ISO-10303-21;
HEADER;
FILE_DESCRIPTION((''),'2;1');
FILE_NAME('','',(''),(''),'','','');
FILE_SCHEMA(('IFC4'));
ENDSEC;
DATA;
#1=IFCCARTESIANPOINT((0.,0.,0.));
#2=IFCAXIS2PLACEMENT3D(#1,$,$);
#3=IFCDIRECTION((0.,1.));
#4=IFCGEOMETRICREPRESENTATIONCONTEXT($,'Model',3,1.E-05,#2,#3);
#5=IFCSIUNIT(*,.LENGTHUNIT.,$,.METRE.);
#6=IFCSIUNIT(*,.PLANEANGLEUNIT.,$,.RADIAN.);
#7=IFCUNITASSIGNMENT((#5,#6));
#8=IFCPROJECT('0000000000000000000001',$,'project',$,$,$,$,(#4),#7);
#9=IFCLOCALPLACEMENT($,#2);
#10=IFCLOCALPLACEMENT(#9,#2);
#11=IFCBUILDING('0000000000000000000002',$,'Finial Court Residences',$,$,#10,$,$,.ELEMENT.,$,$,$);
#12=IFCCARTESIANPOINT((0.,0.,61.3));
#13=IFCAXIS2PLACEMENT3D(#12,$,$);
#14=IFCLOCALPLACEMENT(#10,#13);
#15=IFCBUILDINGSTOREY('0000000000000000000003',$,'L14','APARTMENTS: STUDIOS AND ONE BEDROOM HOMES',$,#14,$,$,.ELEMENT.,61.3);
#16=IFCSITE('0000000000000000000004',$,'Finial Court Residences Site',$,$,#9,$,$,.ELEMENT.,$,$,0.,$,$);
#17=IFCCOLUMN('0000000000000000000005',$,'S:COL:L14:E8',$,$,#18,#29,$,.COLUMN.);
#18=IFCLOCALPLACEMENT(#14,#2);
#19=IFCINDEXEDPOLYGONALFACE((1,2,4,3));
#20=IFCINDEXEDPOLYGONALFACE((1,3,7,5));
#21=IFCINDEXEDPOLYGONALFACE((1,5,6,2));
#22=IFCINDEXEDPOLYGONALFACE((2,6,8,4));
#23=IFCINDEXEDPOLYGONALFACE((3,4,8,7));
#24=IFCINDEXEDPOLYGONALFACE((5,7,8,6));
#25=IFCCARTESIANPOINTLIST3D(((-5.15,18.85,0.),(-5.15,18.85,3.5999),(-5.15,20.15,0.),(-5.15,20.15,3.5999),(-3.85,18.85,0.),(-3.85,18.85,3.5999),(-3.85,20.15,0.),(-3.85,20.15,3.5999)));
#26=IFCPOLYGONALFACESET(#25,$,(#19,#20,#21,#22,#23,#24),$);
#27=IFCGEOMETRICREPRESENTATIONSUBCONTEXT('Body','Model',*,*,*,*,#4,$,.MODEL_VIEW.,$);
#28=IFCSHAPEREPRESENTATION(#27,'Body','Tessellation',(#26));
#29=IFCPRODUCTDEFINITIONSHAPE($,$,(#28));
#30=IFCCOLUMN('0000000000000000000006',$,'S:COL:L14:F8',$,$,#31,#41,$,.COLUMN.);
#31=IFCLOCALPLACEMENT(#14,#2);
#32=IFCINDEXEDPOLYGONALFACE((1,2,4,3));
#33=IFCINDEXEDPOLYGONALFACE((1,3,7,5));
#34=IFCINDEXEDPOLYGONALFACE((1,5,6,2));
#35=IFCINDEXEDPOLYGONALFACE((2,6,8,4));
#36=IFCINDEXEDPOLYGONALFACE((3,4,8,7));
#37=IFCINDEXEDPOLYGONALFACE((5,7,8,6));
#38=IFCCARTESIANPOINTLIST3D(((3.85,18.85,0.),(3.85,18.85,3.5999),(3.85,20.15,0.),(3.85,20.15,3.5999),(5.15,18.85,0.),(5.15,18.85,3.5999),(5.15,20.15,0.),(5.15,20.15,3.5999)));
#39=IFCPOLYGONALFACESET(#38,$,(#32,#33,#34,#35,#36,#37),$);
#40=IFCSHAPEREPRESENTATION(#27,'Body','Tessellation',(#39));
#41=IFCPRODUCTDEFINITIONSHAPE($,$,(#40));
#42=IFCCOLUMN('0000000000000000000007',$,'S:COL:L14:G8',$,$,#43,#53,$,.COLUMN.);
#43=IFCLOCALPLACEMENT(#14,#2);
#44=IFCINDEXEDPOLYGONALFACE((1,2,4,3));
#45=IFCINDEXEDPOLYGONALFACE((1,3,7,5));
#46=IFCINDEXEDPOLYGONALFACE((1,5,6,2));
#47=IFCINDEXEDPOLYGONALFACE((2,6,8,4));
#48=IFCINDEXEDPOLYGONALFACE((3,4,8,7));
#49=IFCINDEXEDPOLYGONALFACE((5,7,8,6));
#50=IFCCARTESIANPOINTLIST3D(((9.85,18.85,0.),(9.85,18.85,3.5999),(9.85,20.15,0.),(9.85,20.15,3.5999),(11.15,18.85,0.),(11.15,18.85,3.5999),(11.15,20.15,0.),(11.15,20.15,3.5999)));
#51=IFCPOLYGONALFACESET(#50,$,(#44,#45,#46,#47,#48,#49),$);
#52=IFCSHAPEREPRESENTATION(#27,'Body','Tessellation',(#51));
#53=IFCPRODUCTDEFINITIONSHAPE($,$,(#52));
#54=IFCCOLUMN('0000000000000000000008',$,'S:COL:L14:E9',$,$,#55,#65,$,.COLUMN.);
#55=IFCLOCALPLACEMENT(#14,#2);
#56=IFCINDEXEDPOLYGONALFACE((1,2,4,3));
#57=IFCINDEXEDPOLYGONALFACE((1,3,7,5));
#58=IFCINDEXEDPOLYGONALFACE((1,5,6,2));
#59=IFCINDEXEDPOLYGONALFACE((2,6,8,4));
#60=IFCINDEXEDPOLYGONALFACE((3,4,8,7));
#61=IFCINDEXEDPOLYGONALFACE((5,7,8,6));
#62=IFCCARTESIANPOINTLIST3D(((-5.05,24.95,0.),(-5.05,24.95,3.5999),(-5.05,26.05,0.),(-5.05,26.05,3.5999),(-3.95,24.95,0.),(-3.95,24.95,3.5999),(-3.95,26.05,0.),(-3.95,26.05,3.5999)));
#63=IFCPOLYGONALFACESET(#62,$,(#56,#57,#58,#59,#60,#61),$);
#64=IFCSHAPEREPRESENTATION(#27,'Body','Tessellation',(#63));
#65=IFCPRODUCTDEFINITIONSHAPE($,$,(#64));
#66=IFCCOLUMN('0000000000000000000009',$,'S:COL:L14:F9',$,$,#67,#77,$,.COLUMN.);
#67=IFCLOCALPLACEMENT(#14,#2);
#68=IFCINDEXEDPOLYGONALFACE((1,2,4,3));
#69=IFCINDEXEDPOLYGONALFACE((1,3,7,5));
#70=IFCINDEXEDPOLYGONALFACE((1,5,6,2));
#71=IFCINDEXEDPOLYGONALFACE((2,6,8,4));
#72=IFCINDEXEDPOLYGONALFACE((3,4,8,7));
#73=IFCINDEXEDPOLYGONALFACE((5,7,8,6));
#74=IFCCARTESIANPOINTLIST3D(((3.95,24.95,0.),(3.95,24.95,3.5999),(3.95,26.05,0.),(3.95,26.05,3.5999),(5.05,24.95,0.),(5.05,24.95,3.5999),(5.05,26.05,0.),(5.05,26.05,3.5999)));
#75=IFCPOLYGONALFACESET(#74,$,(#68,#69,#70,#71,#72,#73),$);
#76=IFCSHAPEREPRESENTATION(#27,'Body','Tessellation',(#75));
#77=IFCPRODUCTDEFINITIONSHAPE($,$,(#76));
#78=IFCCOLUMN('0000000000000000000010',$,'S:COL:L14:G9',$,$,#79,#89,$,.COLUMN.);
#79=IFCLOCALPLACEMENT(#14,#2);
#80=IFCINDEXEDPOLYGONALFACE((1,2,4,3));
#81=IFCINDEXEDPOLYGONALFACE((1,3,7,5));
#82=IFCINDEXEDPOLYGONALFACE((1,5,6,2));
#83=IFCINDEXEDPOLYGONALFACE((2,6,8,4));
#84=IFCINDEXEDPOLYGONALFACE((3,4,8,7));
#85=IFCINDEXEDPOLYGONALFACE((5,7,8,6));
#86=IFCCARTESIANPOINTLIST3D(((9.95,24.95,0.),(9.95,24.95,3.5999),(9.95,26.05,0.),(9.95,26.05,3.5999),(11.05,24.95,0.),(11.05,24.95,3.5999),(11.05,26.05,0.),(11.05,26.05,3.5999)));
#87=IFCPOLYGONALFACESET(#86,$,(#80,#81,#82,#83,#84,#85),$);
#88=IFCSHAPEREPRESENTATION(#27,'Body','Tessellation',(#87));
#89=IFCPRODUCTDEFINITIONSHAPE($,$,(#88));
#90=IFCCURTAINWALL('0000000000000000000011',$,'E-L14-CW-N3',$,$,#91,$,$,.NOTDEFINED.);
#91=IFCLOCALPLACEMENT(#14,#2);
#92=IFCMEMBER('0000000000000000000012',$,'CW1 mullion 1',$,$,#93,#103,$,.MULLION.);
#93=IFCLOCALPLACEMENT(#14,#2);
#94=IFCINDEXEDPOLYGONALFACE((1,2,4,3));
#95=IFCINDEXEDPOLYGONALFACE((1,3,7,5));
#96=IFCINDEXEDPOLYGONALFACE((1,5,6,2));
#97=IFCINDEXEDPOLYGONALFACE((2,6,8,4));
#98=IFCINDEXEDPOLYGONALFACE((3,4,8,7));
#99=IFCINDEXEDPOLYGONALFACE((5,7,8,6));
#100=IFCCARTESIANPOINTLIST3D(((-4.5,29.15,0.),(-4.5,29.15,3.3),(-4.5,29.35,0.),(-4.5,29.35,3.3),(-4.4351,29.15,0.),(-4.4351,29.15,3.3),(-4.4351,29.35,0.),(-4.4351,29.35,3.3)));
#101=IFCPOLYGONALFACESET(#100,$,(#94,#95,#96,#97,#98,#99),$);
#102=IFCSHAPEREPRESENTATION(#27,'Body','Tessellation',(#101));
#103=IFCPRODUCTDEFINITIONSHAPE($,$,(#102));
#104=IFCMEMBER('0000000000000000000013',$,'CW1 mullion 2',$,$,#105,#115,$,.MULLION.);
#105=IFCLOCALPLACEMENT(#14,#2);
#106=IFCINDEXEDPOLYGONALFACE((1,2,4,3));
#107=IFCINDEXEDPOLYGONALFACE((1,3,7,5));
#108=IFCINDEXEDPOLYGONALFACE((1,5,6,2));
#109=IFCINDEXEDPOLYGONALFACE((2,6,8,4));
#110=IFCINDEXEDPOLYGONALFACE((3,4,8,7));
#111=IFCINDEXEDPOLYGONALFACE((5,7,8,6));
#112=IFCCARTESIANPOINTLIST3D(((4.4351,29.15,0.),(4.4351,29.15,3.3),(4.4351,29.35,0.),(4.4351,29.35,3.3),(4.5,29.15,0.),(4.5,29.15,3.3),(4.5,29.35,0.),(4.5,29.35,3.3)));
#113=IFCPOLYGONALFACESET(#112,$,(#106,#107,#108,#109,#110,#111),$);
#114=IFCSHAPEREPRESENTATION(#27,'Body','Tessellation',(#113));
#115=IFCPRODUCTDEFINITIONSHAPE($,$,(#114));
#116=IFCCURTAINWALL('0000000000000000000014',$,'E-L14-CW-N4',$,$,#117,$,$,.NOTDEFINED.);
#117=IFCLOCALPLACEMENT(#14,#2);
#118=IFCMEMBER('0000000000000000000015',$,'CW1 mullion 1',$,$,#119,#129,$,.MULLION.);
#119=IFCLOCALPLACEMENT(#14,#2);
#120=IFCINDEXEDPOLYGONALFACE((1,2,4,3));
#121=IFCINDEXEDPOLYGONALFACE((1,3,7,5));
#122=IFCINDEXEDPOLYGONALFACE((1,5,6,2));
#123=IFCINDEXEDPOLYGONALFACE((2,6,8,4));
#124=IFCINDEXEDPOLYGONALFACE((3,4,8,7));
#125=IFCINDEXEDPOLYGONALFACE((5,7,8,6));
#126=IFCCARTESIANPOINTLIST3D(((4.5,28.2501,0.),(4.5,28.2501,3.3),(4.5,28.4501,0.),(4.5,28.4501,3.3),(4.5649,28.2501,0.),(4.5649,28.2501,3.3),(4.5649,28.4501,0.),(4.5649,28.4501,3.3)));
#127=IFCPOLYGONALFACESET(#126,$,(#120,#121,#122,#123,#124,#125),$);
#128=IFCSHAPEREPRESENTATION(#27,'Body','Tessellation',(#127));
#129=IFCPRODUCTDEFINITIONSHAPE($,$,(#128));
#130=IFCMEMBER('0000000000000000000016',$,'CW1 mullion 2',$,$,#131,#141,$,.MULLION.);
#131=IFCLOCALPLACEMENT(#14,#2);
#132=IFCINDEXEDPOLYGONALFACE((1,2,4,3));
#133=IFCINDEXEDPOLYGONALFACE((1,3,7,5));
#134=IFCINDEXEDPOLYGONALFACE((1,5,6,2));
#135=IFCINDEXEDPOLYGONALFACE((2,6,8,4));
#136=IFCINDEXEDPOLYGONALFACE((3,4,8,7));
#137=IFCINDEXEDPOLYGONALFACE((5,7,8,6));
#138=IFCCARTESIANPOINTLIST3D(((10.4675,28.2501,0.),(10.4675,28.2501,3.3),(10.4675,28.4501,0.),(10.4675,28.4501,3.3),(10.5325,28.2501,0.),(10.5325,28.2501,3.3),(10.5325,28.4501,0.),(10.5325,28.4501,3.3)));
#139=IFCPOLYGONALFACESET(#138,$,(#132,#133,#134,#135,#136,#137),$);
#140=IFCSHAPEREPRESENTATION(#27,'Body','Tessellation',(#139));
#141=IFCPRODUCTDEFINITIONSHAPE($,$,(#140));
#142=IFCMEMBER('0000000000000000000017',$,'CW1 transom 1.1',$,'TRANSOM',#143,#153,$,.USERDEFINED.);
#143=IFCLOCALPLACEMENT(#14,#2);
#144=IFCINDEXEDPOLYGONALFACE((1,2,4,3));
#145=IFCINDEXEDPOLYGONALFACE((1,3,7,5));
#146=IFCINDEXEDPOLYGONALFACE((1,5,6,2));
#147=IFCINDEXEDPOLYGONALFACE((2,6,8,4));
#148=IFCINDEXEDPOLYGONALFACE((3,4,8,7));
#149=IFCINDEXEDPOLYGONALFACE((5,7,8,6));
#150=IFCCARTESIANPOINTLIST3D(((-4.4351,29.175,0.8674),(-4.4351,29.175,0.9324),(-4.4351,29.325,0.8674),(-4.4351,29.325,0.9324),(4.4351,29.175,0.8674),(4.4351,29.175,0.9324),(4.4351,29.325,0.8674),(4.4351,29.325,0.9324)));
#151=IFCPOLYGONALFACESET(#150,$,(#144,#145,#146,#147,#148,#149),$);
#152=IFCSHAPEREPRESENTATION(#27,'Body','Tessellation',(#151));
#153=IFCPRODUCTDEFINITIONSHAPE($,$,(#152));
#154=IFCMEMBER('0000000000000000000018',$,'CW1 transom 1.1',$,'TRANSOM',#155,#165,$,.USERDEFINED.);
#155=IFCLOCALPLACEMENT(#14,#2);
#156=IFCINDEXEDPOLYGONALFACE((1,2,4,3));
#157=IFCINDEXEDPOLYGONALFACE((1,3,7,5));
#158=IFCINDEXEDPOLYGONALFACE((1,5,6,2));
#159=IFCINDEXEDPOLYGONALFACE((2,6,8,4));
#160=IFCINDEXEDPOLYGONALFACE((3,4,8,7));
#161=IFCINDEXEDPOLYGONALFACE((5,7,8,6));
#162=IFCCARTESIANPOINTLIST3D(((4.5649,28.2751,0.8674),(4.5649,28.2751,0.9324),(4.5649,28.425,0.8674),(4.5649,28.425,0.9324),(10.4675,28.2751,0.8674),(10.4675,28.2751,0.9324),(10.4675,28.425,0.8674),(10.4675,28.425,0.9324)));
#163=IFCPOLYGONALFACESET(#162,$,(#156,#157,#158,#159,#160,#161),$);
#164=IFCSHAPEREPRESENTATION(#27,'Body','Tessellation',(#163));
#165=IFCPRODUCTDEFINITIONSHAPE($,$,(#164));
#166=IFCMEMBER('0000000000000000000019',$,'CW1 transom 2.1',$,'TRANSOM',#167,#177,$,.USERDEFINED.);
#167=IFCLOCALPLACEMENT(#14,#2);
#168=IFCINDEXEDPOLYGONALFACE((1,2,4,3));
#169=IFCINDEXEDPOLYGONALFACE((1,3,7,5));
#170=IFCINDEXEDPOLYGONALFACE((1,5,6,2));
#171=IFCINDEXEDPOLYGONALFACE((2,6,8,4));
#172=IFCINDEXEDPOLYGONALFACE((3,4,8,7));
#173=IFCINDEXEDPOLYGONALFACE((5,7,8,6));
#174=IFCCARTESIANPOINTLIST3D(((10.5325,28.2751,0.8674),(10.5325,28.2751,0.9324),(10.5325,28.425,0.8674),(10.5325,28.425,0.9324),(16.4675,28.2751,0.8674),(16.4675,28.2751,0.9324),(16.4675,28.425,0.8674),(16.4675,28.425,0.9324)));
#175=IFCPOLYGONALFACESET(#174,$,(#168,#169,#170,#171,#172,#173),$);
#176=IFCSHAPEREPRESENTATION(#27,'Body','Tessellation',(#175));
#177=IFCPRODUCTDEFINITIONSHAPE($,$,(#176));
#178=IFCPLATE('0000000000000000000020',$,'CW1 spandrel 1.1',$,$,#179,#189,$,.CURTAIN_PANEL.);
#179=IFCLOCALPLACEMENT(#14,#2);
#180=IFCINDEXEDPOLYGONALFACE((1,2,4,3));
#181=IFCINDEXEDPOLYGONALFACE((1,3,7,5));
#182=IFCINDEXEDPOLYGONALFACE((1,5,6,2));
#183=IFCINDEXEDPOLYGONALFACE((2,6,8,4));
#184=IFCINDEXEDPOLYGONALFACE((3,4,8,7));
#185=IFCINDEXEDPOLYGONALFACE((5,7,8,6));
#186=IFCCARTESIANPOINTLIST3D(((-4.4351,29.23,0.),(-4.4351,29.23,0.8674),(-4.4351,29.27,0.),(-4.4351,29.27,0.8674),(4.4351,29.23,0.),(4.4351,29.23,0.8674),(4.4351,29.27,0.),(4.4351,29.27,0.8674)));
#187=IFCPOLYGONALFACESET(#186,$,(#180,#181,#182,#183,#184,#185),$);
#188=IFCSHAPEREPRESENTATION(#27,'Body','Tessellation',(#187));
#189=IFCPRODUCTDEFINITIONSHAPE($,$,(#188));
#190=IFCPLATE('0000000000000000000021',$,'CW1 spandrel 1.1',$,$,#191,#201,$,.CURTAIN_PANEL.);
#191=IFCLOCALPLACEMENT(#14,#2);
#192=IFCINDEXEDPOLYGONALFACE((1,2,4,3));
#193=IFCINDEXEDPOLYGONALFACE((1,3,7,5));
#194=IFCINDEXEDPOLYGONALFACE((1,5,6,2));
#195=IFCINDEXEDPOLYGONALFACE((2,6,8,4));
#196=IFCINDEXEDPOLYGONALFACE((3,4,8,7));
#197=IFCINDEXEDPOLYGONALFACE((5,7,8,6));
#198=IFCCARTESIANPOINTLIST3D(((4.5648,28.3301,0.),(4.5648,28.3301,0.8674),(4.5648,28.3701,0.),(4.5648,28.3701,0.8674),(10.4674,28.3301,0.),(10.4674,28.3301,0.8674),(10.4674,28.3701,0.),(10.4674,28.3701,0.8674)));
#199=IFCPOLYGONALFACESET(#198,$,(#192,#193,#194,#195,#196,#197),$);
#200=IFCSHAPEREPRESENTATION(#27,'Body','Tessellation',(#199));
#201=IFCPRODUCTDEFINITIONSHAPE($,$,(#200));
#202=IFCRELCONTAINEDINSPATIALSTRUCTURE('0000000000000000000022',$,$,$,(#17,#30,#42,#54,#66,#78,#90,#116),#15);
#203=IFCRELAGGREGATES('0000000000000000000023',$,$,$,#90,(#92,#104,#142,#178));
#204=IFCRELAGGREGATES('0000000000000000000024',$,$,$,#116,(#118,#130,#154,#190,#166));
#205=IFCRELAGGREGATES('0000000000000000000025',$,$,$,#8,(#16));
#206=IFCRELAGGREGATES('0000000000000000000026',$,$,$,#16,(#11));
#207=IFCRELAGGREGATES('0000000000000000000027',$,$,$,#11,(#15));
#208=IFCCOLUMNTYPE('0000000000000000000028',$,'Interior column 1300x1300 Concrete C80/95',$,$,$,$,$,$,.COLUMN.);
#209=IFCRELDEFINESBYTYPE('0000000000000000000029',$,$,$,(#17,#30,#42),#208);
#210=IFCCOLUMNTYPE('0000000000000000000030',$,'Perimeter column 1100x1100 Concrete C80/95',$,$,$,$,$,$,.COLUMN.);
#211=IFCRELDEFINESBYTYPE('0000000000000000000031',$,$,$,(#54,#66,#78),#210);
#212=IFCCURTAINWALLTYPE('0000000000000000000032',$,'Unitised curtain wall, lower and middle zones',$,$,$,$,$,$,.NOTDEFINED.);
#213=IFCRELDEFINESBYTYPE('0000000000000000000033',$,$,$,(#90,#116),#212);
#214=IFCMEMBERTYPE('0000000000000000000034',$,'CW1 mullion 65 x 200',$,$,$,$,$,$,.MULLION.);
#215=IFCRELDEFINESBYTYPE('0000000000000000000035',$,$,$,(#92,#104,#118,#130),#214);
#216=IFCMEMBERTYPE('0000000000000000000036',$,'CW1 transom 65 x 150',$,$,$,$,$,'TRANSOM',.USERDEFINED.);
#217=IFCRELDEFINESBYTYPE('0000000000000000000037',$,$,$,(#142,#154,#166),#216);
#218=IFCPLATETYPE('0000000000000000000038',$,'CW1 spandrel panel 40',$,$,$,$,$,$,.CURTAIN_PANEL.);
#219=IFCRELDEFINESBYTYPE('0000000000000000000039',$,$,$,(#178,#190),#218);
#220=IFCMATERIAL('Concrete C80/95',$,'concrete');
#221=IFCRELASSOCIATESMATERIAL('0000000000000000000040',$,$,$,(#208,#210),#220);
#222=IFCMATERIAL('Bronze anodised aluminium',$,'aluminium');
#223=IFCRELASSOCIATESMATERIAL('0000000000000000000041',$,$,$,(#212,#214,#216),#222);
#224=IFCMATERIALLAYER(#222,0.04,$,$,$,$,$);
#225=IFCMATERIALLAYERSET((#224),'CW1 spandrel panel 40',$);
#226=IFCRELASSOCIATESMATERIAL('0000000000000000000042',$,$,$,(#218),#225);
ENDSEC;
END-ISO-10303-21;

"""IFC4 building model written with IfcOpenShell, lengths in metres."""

from ifc_helpers import new_model, si_unit, direction, frame, origin, origin_2d, place, context, subcontext, project, spatial, rectangle, extrude, material, layer, layer_set, material_profile, profile_set, type_object, element, aggregate, save


model = new_model("IFC4")

# Units and contexts
model_context = context("Model", 3, precision=1e-05, world=origin(), true_north=direction((0.0, 1.0)))
body_context = subcontext(model_context, "Body", "Model", "MODEL_VIEW")
ifc_project = project(units=[si_unit("LENGTHUNIT", "METRE"), si_unit("PLANEANGLEUNIT", "RADIAN")], contexts=[model_context])

# Site, building, storey
site_placement = place(None, origin())
site = spatial("IfcSite", under=ifc_project, at=site_placement, Name="Finial Court Residences Site", CompositionType="ELEMENT", RefElevation=0.0)
building_placement = place(site_placement, origin())
building = spatial("IfcBuilding", under=site, at=building_placement, Name="Finial Court Residences", CompositionType="ELEMENT")
storey_placement = place(building_placement, frame((0.0, 0.0, 61.3)))
storey = spatial("IfcBuildingStorey", under=building, at=storey_placement, Name="L14", Description="APARTMENTS: STUDIOS AND ONE BEDROOM HOMES", CompositionType="ELEMENT", Elevation=61.3)

# Columns
ifc_material_1 = material(Name="Concrete C80/95", Category="concrete")
ifc_material_profile_1 = material_profile(ifc_material_1, rectangle(XDim=1.3, YDim=1.3, at=origin_2d()), Name="1300x1300")
ifc_profile_set_1 = profile_set([ifc_material_profile_1], Name="Concrete C80/95")
column_type_1 = type_object("IfcColumnType", Name="Interior column 1300x1300 Concrete C80/95", PredefinedType="COLUMN", material=ifc_profile_set_1)
for number, where, z_axis, x_axis, name in (
    (1, (-4.5, 19.5, 0.0), (0.0, 0.0, 1.0), (1.0, 0.0, 0.0), "S:COL:L14:E8"),
    (2, (4.5, 19.5, 0.0), (0.0, 0.0, 1.0), (1.0, 0.0, 0.0), "S:COL:L14:F8"),
    (3, (10.5, 19.5, 0.0), (0.0, 0.0, 1.0), (1.0, 0.0, 0.0), "S:COL:L14:G8"),
):
    element("IfcColumn", number, at=place(storey_placement, frame(where, z_axis=z_axis, x_axis=x_axis)), inside=storey, type_object=column_type_1, Name=name, PredefinedType="COLUMN", context=body_context, shape_type="SweptSolid", body=[
        extrude(rectangle(XDim=1.3, YDim=1.3, at=origin_2d()), origin(), (0.0, 0.0, 1.0), 3.5999),
    ])
ifc_material_profile_2 = material_profile(ifc_material_1, rectangle(XDim=1.1001, YDim=1.1001, at=origin_2d()), Name="1100x1100")
ifc_profile_set_2 = profile_set([ifc_material_profile_2], Name="Concrete C80/95")
column_type_2 = type_object("IfcColumnType", Name="Perimeter column 1100x1100 Concrete C80/95", PredefinedType="COLUMN", material=ifc_profile_set_2)
for number, where, z_axis, x_axis, name in (
    (4, (-4.5, 25.5, 0.0), (0.0, 0.0, 1.0), (1.0, 0.0, 0.0), "S:COL:L14:E9"),
    (5, (4.5, 25.5, 0.0), (0.0, 0.0, 1.0), (1.0, 0.0, 0.0), "S:COL:L14:F9"),
    (6, (10.5, 25.5, 0.0), (0.0, 0.0, 1.0), (1.0, 0.0, 0.0), "S:COL:L14:G9"),
):
    element("IfcColumn", number, at=place(storey_placement, frame(where, z_axis=z_axis, x_axis=x_axis)), inside=storey, type_object=column_type_2, Name=name, PredefinedType="COLUMN", context=body_context, shape_type="SweptSolid", body=[
        extrude(rectangle(XDim=1.1001, YDim=1.1001, at=origin_2d()), origin(), (0.0, 0.0, 1.0), 3.5999),
    ])

# Curtain walls, members
ifc_material_2 = material(Name="Bronze anodised aluminium", Category="aluminium")
curtain_wall_type = type_object("IfcCurtainWallType", Name="Unitised curtain wall, lower and middle zones", PredefinedType="NOTDEFINED", material=ifc_material_2)
curtain_wall_1_placement = place(storey_placement, origin())
curtain_wall_1 = element("IfcCurtainWall", 7, at=curtain_wall_1_placement, inside=storey, type_object=curtain_wall_type, Name="E-L14-CW-N3", PredefinedType="NOTDEFINED")
ifc_material_profile_3 = material_profile(ifc_material_2, rectangle(XDim=0.2, YDim=0.0649, at=origin_2d()), Name="CW1 mullion 65 x 200")
ifc_profile_set_3 = profile_set([ifc_material_profile_3], Name="Bronze anodised aluminium")
member_type_1 = type_object("IfcMemberType", Name="CW1 mullion 65 x 200", PredefinedType="MULLION", material=ifc_profile_set_3)
member_1_placement = place(storey_placement, frame((-4.4675, 29.25, 0.0), z_axis=(0.0, 0.0, 1.0), x_axis=(0.0, 1.0, 0.0)))
member_1 = element("IfcMember", 8, at=member_1_placement, type_object=member_type_1, Name="CW1 mullion 1", PredefinedType="MULLION", context=body_context, shape_type="SweptSolid", body=[
    extrude(rectangle(XDim=0.2, YDim=0.0649, at=origin_2d()), origin(), (0.0, 0.0, 1.0), 3.3),
])
member_2_placement = place(storey_placement, frame((4.4675, 29.25, 0.0), z_axis=(0.0, 0.0, 1.0), x_axis=(0.0, 1.0, 0.0)))
member_2 = element("IfcMember", 9, at=member_2_placement, type_object=member_type_1, Name="CW1 mullion 2", PredefinedType="MULLION", context=body_context, shape_type="SweptSolid", body=[
    extrude(rectangle(XDim=0.2, YDim=0.0649, at=origin_2d()), origin(), (0.0, 0.0, 1.0), 3.3),
])
curtain_wall_2_placement = place(storey_placement, origin())
curtain_wall_2 = element("IfcCurtainWall", 10, at=curtain_wall_2_placement, inside=storey, type_object=curtain_wall_type, Name="E-L14-CW-N4", PredefinedType="NOTDEFINED")
member_3_placement = place(storey_placement, frame((4.5325, 28.3501, 0.0), z_axis=(0.0, 0.0, 1.0), x_axis=(0.0, 1.0, 0.0)))
member_3 = element("IfcMember", 11, at=member_3_placement, type_object=member_type_1, Name="CW1 mullion 1", PredefinedType="MULLION", context=body_context, shape_type="SweptSolid", body=[
    extrude(rectangle(XDim=0.2, YDim=0.0649, at=origin_2d()), origin(), (0.0, 0.0, 1.0), 3.3),
])
member_4_placement = place(storey_placement, frame((10.5, 28.3501, 0.0), z_axis=(0.0, 0.0, 1.0), x_axis=(0.0, 1.0, 0.0)))
member_4 = element("IfcMember", 12, at=member_4_placement, type_object=member_type_1, Name="CW1 mullion 2", PredefinedType="MULLION", context=body_context, shape_type="SweptSolid", body=[
    extrude(rectangle(XDim=0.2, YDim=0.0649, at=origin_2d()), origin(), (0.0, 0.0, 1.0), 3.3),
])

# Members
ifc_material_profile_4 = material_profile(ifc_material_2, rectangle(XDim=0.1499, YDim=0.0649, at=origin_2d()), Name="CW1 transom 65 x 150")
ifc_profile_set_4 = profile_set([ifc_material_profile_4], Name="Bronze anodised aluminium")
member_type_2 = type_object("IfcMemberType", Name="CW1 transom 65 x 150", ElementType="TRANSOM", PredefinedType="USERDEFINED", material=ifc_profile_set_4)
member_5_placement = place(storey_placement, frame((-4.4351, 29.25, 0.8999), z_axis=(1.0, 0.0, 0.0), x_axis=(0.0, 1.0, 0.0)))
member_5 = element("IfcMember", 13, at=member_5_placement, type_object=member_type_2, Name="CW1 transom 1.1", ObjectType="TRANSOM", PredefinedType="USERDEFINED", context=body_context, shape_type="SweptSolid", body=[
    extrude(rectangle(XDim=0.1499, YDim=0.0649, at=origin_2d()), origin(), (0.0, 0.0, 1.0), 8.8701),
])
member_6_placement = place(storey_placement, frame((4.5649, 28.3501, 0.8999), z_axis=(1.0, 0.0, 0.0), x_axis=(0.0, 1.0, 0.0)))
member_6 = element("IfcMember", 14, at=member_6_placement, type_object=member_type_2, Name="CW1 transom 1.1", ObjectType="TRANSOM", PredefinedType="USERDEFINED", context=body_context, shape_type="SweptSolid", body=[
    extrude(rectangle(XDim=0.1499, YDim=0.0649, at=origin_2d()), origin(), (0.0, 0.0, 1.0), 5.9026),
])
member_7_placement = place(storey_placement, frame((10.5325, 28.3501, 0.8999), z_axis=(1.0, 0.0, 0.0), x_axis=(0.0, 1.0, 0.0)))
member_7 = element("IfcMember", 15, at=member_7_placement, type_object=member_type_2, Name="CW1 transom 2.1", ObjectType="TRANSOM", PredefinedType="USERDEFINED", context=body_context, shape_type="SweptSolid", body=[
    extrude(rectangle(XDim=0.1499, YDim=0.0649, at=origin_2d()), origin(), (0.0, 0.0, 1.0), 5.9351),
])

# Plates
ifc_layer_1 = layer(ifc_material_2, 0.04)
ifc_layer_set_1 = layer_set([ifc_layer_1], Name="CW1 spandrel panel 40")
plate_type_1 = type_object("IfcPlateType", Name="CW1 spandrel panel 40", PredefinedType="CURTAIN_PANEL", material=ifc_layer_set_1)
plate_1_placement = place(storey_placement, frame((0.0, 29.25, 0.0), z_axis=(0.0, 0.0, 1.0), x_axis=(1.0, 0.0, 0.0)))
plate_1 = element("IfcPlate", 16, at=plate_1_placement, type_object=plate_type_1, Name="CW1 spandrel 1.1", PredefinedType="CURTAIN_PANEL", context=body_context, shape_type="SweptSolid", body=[
    extrude(rectangle(XDim=8.8701, YDim=0.04, at=origin_2d()), origin(), (0.0, 0.0, 1.0), 0.8674),
])
plate_2_placement = place(storey_placement, frame((7.5161, 28.3501, 0.0), z_axis=(0.0, 0.0, 1.0), x_axis=(1.0, 0.0, 0.0)))
plate_2 = element("IfcPlate", 17, at=plate_2_placement, type_object=plate_type_1, Name="CW1 spandrel 1.1", PredefinedType="CURTAIN_PANEL", context=body_context, shape_type="SweptSolid", body=[
    extrude(rectangle(XDim=5.9026, YDim=0.04, at=origin_2d()), origin(), (0.0, 0.0, 1.0), 0.8674),
])
aggregate(curtain_wall_1, [member_1, member_2, member_5, plate_1])
aggregate(curtain_wall_2, [member_3, member_4, member_6, plate_2, member_7])

save(model, "model.ifc")
